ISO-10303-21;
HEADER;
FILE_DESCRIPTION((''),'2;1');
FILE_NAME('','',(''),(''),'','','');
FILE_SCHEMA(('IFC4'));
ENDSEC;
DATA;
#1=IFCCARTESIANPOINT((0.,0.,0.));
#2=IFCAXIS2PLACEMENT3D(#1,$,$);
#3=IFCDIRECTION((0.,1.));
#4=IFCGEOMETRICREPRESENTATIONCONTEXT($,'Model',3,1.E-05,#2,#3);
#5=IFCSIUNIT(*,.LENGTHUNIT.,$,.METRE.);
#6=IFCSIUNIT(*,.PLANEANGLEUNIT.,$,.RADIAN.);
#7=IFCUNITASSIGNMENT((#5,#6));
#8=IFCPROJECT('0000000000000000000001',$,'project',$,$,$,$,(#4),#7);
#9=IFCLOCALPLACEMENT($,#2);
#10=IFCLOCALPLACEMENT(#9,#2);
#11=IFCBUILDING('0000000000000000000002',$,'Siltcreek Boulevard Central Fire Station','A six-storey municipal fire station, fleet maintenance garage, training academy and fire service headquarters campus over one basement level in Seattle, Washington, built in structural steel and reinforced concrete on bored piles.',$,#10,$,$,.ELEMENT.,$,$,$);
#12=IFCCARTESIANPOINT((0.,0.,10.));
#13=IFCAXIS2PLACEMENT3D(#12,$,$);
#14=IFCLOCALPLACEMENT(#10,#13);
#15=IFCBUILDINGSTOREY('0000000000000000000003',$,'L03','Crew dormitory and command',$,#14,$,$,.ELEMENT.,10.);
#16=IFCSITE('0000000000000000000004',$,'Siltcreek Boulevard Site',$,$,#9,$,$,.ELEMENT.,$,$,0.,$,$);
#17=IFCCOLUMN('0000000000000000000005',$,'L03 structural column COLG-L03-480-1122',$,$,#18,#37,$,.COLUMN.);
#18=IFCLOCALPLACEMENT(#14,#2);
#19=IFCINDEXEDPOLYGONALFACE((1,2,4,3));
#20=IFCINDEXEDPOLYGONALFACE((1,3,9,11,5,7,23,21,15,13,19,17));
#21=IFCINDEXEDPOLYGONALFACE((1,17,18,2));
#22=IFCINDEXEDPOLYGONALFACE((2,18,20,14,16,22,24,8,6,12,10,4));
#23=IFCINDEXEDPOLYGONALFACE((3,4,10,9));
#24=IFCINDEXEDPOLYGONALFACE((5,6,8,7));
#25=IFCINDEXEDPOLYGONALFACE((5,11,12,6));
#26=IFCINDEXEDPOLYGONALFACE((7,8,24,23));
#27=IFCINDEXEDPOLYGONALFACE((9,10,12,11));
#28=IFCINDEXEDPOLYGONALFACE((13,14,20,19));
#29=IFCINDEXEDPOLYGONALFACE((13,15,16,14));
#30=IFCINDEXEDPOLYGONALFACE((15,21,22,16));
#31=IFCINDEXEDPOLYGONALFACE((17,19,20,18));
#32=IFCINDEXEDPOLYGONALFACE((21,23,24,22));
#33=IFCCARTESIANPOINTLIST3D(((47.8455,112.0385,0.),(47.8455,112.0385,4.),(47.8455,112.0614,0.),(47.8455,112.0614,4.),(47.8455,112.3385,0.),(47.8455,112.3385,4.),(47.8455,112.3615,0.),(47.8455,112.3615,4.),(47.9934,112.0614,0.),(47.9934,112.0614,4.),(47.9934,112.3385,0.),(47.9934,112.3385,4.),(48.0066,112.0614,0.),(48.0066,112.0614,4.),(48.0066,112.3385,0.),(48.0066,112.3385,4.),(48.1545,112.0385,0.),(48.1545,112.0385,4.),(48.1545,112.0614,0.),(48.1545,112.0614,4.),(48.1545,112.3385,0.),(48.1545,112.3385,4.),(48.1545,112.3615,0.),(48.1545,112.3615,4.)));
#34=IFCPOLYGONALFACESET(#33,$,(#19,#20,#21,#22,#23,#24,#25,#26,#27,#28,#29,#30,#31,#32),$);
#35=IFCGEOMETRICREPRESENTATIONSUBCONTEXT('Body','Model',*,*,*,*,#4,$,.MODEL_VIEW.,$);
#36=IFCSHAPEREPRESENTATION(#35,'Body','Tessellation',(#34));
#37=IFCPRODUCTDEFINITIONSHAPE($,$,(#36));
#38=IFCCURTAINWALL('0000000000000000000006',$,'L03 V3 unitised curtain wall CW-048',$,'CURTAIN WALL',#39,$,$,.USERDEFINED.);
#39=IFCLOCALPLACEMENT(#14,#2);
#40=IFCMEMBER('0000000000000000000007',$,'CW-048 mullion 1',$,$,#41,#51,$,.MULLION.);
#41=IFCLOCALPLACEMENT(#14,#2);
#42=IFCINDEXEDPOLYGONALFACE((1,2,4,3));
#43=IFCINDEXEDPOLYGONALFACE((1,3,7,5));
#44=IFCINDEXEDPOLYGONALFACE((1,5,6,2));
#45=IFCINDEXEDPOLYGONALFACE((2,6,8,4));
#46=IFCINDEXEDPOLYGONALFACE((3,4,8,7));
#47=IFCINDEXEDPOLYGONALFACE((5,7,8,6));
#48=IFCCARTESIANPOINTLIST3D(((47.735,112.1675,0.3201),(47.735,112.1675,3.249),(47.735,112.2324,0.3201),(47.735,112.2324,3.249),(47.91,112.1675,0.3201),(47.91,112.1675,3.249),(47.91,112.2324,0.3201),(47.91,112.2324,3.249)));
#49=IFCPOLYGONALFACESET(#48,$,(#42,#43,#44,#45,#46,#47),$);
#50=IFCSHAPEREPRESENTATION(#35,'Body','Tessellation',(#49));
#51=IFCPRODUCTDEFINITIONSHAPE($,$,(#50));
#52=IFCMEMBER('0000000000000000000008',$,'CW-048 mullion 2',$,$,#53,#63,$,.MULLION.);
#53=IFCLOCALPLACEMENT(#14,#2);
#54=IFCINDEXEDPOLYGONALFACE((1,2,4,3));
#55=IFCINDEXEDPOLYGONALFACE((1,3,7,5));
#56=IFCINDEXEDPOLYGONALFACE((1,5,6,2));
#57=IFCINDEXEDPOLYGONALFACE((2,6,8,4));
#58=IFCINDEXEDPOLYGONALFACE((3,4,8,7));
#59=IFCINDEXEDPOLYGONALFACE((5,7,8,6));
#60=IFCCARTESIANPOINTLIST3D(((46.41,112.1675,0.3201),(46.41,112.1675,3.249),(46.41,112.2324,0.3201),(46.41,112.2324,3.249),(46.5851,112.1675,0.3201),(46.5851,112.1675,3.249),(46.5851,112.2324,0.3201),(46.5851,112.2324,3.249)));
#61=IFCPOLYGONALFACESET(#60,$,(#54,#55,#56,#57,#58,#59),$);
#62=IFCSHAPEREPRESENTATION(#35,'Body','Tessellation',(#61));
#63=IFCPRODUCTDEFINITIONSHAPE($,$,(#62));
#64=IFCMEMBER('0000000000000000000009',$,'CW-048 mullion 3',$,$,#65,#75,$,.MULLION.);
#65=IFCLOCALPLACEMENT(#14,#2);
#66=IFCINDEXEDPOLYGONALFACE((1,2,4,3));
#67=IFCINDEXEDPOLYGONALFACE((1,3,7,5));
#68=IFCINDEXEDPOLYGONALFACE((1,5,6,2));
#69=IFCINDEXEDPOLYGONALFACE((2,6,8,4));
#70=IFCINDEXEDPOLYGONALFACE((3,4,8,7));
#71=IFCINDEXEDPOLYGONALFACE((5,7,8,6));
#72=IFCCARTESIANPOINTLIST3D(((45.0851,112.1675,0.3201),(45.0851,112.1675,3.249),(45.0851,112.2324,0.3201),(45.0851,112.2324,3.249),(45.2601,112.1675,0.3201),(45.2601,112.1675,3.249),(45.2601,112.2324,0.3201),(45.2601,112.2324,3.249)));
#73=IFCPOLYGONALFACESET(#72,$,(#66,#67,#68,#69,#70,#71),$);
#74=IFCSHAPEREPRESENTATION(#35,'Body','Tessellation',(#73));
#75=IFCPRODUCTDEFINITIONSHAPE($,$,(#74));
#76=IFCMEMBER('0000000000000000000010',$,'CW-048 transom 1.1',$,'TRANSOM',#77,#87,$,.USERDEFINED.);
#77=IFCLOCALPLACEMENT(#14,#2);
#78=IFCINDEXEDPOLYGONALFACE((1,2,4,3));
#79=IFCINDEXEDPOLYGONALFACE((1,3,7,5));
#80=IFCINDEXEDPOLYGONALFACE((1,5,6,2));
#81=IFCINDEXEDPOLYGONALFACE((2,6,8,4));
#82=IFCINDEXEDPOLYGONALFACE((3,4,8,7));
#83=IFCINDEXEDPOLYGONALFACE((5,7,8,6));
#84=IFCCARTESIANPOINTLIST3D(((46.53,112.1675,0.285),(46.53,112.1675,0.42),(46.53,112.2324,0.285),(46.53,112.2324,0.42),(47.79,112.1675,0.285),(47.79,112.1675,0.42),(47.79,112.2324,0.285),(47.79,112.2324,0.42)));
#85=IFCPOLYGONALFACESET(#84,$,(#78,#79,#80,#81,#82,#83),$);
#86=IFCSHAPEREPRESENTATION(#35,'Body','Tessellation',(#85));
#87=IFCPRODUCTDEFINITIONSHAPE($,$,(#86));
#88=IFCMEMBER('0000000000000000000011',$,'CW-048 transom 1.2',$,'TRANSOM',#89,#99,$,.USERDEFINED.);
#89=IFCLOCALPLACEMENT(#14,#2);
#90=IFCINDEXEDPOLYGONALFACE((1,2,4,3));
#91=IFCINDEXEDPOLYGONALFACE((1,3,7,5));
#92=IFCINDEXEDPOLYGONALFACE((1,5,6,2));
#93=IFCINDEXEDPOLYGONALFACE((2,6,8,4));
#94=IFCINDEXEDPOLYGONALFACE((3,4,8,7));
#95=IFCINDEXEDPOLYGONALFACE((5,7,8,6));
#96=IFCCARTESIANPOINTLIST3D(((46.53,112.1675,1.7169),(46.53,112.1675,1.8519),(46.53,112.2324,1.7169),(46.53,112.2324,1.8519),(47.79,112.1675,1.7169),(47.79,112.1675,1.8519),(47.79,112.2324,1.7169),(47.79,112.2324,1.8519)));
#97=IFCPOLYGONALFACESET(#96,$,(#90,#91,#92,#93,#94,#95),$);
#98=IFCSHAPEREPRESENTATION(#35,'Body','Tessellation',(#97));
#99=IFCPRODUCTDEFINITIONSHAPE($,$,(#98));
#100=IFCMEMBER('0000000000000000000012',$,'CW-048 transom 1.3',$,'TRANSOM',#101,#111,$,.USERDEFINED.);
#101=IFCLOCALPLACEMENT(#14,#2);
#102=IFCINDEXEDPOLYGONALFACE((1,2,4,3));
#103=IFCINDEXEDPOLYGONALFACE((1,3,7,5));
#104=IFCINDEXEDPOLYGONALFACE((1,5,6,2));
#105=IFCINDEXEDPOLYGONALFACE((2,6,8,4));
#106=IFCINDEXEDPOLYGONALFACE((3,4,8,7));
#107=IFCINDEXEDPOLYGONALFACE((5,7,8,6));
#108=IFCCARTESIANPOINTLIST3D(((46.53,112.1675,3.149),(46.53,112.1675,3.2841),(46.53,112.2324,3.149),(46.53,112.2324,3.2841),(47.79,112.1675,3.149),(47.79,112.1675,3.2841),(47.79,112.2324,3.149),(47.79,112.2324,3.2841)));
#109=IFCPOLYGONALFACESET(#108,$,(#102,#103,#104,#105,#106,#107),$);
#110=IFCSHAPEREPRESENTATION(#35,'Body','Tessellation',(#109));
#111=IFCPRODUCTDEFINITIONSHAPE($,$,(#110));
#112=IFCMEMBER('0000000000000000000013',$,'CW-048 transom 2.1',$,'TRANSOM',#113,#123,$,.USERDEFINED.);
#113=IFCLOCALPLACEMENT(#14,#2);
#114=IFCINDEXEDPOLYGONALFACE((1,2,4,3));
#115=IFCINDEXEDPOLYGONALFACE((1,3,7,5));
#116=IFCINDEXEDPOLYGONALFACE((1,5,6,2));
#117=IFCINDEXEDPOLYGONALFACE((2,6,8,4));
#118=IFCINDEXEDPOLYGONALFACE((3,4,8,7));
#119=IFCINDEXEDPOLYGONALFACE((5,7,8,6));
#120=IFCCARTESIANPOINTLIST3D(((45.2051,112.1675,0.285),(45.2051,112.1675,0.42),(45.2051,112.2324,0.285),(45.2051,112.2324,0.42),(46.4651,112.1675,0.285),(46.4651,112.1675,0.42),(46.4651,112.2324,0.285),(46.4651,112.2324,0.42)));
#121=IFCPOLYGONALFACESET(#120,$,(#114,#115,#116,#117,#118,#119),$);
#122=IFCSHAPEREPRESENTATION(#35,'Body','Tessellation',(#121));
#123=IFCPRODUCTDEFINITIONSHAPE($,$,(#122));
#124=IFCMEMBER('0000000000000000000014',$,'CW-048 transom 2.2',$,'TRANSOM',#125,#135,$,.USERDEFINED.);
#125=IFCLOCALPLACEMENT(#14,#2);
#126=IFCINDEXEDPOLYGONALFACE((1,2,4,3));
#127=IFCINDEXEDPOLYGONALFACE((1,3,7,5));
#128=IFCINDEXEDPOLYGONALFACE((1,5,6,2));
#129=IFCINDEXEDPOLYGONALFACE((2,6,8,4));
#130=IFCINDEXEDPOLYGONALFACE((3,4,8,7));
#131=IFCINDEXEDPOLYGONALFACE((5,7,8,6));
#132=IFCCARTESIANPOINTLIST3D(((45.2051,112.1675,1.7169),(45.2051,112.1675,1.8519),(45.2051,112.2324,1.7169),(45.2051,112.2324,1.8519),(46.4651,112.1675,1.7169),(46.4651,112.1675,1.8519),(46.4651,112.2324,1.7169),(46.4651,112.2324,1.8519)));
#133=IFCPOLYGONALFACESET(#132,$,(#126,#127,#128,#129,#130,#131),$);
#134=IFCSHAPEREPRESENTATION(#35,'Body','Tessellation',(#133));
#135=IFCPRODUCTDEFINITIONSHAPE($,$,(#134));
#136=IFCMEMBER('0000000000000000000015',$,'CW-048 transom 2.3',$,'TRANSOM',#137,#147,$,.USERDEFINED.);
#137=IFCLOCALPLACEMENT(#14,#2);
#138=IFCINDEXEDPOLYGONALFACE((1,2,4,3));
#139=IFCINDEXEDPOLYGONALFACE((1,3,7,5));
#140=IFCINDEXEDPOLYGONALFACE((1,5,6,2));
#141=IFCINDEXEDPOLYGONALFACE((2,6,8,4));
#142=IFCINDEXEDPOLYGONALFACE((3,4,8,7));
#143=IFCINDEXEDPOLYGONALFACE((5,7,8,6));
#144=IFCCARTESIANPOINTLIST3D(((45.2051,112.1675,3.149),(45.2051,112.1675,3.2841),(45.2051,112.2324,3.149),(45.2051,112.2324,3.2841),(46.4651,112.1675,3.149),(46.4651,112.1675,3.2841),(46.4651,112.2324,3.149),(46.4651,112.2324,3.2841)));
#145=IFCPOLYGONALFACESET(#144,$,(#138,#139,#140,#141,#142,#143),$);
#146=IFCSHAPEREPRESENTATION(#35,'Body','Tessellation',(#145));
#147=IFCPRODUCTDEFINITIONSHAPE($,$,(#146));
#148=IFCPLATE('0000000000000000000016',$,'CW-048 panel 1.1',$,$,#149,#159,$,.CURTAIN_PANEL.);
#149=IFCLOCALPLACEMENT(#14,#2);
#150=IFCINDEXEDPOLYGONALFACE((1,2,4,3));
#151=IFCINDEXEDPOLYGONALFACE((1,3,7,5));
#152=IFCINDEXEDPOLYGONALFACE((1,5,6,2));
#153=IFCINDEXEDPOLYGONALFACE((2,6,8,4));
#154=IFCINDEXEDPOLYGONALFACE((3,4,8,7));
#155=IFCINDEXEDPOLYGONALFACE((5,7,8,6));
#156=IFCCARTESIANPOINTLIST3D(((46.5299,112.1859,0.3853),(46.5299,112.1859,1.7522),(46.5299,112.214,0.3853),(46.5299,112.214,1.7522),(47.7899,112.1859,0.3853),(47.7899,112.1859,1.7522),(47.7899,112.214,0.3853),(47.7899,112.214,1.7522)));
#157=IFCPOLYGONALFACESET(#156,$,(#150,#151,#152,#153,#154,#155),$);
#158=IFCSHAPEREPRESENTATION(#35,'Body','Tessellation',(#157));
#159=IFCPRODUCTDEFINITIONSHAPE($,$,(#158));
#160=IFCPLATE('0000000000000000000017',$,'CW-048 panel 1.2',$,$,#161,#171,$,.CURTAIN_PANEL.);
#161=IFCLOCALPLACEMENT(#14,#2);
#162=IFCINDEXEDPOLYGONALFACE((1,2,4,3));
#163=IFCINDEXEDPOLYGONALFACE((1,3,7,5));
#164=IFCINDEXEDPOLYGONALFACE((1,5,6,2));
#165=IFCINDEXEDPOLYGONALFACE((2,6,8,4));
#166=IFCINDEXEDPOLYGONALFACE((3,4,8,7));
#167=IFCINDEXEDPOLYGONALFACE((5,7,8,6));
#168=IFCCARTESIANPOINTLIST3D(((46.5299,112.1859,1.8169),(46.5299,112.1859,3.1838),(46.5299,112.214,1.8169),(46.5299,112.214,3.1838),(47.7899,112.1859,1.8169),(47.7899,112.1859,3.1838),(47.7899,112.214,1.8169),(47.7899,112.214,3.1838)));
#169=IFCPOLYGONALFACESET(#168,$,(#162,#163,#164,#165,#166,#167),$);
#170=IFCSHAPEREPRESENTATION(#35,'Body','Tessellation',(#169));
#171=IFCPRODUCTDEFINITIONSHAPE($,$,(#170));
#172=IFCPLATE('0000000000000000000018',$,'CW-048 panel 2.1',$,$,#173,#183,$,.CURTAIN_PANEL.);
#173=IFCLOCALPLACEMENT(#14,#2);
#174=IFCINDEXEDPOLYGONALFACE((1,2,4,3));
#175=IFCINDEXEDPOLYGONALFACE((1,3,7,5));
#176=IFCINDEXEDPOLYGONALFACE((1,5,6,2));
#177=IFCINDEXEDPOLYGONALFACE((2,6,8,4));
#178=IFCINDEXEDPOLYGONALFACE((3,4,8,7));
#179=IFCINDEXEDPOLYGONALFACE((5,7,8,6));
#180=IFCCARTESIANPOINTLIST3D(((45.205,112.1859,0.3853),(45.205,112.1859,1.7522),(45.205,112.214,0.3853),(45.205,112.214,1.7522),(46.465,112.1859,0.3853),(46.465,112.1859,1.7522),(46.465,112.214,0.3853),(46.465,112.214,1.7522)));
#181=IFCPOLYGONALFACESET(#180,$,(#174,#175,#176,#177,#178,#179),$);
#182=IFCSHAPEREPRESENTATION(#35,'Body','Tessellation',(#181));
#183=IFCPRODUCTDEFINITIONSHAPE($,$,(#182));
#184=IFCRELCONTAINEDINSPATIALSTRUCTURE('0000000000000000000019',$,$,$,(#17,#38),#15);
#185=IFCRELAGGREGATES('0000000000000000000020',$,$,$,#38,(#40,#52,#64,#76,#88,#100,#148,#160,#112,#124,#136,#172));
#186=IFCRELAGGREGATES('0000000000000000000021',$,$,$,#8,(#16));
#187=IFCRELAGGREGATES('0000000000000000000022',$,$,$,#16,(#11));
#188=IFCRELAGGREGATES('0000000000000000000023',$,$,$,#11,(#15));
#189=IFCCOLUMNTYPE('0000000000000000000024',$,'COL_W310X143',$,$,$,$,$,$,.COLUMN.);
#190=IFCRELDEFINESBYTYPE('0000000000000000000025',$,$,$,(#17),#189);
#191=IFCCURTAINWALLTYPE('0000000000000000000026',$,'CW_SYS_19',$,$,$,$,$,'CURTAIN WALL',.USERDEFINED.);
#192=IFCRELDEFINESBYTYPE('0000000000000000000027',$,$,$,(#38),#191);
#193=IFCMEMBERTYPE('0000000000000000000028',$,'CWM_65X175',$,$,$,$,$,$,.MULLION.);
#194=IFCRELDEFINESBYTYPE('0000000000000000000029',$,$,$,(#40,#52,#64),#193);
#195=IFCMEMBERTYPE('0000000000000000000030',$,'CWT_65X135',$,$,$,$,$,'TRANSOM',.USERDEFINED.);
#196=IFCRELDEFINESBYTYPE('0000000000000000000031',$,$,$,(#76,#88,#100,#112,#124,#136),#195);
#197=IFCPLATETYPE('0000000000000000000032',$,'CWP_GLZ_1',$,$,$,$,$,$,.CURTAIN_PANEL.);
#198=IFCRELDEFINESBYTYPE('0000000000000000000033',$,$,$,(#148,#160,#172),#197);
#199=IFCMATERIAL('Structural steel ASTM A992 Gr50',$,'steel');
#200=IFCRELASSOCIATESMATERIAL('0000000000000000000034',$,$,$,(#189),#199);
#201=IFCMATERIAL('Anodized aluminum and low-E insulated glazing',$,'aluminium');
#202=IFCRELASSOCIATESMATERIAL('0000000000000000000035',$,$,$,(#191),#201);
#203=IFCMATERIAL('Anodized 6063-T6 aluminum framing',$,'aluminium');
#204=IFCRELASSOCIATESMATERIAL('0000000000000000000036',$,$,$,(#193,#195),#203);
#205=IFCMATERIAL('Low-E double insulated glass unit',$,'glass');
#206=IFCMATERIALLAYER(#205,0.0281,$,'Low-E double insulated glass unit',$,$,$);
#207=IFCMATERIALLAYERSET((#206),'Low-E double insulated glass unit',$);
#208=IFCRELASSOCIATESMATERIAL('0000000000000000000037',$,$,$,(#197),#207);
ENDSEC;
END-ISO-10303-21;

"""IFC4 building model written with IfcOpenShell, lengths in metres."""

from ifc_helpers import new_model, si_unit, direction, frame, origin, origin_2d, place, context, subcontext, project, spatial, rectangle, i_section, extrude, material, layer, layer_set, material_profile, profile_set, type_object, element, aggregate, save


model = new_model("IFC4")

# Units and contexts
model_context = context("Model", 3, precision=1e-05, world=origin(), true_north=direction((0.0, 1.0)))
body_context = subcontext(model_context, "Body", "Model", "MODEL_VIEW")
ifc_project = project(units=[si_unit("LENGTHUNIT", "METRE"), si_unit("PLANEANGLEUNIT", "RADIAN")], contexts=[model_context])

# Site, building, storey
site_placement = place(None, origin())
site = spatial("IfcSite", under=ifc_project, at=site_placement, Name="Siltcreek Boulevard Site", CompositionType="ELEMENT", RefElevation=0.0)
building_placement = place(site_placement, origin())
building = spatial("IfcBuilding", under=site, at=building_placement, Name="Siltcreek Boulevard Central Fire Station", Description="A six-storey municipal fire station, fleet maintenance garage, training academy and fire service headquarters campus over one basement level in Seattle, Washington, built in structural steel and reinforced concrete on bored piles.", CompositionType="ELEMENT")
storey_placement = place(building_placement, frame((0.0, 0.0, 10.0)))
storey = spatial("IfcBuildingStorey", under=building, at=storey_placement, Name="L03", Description="Crew dormitory and command", CompositionType="ELEMENT", Elevation=10.0)

# Column
ifc_material_1 = material(Name="Structural steel ASTM A992 Gr50", Category="steel")
ifc_material_profile_1 = material_profile(ifc_material_1, i_section(OverallWidth=0.3091, OverallDepth=0.323, WebThickness=0.0132, FlangeThickness=0.0229, at=origin_2d()), Name="W310X143")
ifc_profile_set_1 = profile_set([ifc_material_profile_1], Name="Structural steel ASTM A992 Gr50")
column_type = type_object("IfcColumnType", Name="COL_W310X143", PredefinedType="COLUMN", material=ifc_profile_set_1)
column_placement = place(storey_placement, frame((48.0, 112.2, 0.0), z_axis=(0.0, 0.0, 1.0), x_axis=(1.0, 0.0, 0.0)))
element("IfcColumn", 1, at=column_placement, inside=storey, type_object=column_type, Name="L03 structural column COLG-L03-480-1122", PredefinedType="COLUMN", context=body_context, shape_type="SweptSolid", body=[
    extrude(i_section(OverallWidth=0.3091, OverallDepth=0.323, WebThickness=0.0132, FlangeThickness=0.0229, at=origin_2d()), origin(), (0.0, 0.0, 1.0), 4.0),
])

# Curtain wall, members, plates
ifc_material_2 = material(Name="Anodized aluminum and low-E insulated glazing", Category="aluminium")
curtain_wall_type = type_object("IfcCurtainWallType", Name="CW_SYS_19", ElementType="CURTAIN WALL", PredefinedType="USERDEFINED", material=ifc_material_2)
curtain_wall_placement = place(storey_placement, origin())
curtain_wall = element("IfcCurtainWall", 2, at=curtain_wall_placement, inside=storey, type_object=curtain_wall_type, Name="L03 V3 unitised curtain wall CW-048", ObjectType="CURTAIN WALL", PredefinedType="USERDEFINED")
ifc_material_3 = material(Name="Anodized 6063-T6 aluminum framing", Category="aluminium")
ifc_material_profile_2 = material_profile(ifc_material_3, rectangle(XDim=0.0649, YDim=0.175, at=origin_2d()), Name="MULL65X175")
ifc_profile_set_2 = profile_set([ifc_material_profile_2], Name="Anodized 6063-T6 aluminum framing")
member_type_1 = type_object("IfcMemberType", Name="CWM_65X175", PredefinedType="MULLION", material=ifc_profile_set_2)
member_1_placement = place(storey_placement, frame((47.8225, 112.2, 0.3201), z_axis=(0.0, 0.0, 1.0), x_axis=(0.0, -1.0, 0.0)))
member_1 = element("IfcMember", 3, at=member_1_placement, type_object=member_type_1, Name="CW-048 mullion 1", PredefinedType="MULLION", context=body_context, shape_type="SweptSolid", body=[
    extrude(rectangle(XDim=0.0649, YDim=0.175, at=origin_2d()), origin(), (0.0, 0.0, 1.0), 2.929),
])
member_2_placement = place(storey_placement, frame((46.4976, 112.2, 0.3201), z_axis=(0.0, 0.0, 1.0), x_axis=(0.0, -1.0, 0.0)))
member_2 = element("IfcMember", 4, at=member_2_placement, type_object=member_type_1, Name="CW-048 mullion 2", PredefinedType="MULLION", context=body_context, shape_type="SweptSolid", body=[
    extrude(rectangle(XDim=0.0649, YDim=0.175, at=origin_2d()), origin(), (0.0, 0.0, 1.0), 2.929),
])
member_3_placement = place(storey_placement, frame((45.1726, 112.2, 0.3201), z_axis=(0.0, 0.0, 1.0), x_axis=(0.0, -1.0, 0.0)))
member_3 = element("IfcMember", 5, at=member_3_placement, type_object=member_type_1, Name="CW-048 mullion 3", PredefinedType="MULLION", context=body_context, shape_type="SweptSolid", body=[
    extrude(rectangle(XDim=0.0649, YDim=0.175, at=origin_2d()), origin(), (0.0, 0.0, 1.0), 2.929),
])
ifc_material_profile_3 = material_profile(ifc_material_3, rectangle(XDim=0.0649, YDim=0.135, at=origin_2d()), Name="TRAN65X135")
ifc_profile_set_3 = profile_set([ifc_material_profile_3], Name="Anodized 6063-T6 aluminum framing")
member_type_2 = type_object("IfcMemberType", Name="CWT_65X135", ElementType="TRANSOM", PredefinedType="USERDEFINED", material=ifc_profile_set_3)
member_4_placement = place(storey_placement, frame((47.79, 112.2, 0.3525), z_axis=(-1.0, 0.0, 0.0), x_axis=(0.0, -1.0, 0.0)))
member_4 = element("IfcMember", 6, at=member_4_placement, type_object=member_type_2, Name="CW-048 transom 1.1", ObjectType="TRANSOM", PredefinedType="USERDEFINED", context=body_context, shape_type="SweptSolid", body=[
    extrude(rectangle(XDim=0.0649, YDim=0.135, at=origin_2d()), origin(), (0.0, 0.0, 1.0), 1.26),
])
member_5_placement = place(storey_placement, frame((47.79, 112.2, 1.7844), z_axis=(-1.0, 0.0, 0.0), x_axis=(0.0, -1.0, 0.0)))
member_5 = element("IfcMember", 7, at=member_5_placement, type_object=member_type_2, Name="CW-048 transom 1.2", ObjectType="TRANSOM", PredefinedType="USERDEFINED", context=body_context, shape_type="SweptSolid", body=[
    extrude(rectangle(XDim=0.0649, YDim=0.135, at=origin_2d()), origin(), (0.0, 0.0, 1.0), 1.26),
])
member_6_placement = place(storey_placement, frame((47.79, 112.2, 3.2166), z_axis=(-1.0, 0.0, 0.0), x_axis=(0.0, -1.0, 0.0)))
member_6 = element("IfcMember", 8, at=member_6_placement, type_object=member_type_2, Name="CW-048 transom 1.3", ObjectType="TRANSOM", PredefinedType="USERDEFINED", context=body_context, shape_type="SweptSolid", body=[
    extrude(rectangle(XDim=0.0649, YDim=0.135, at=origin_2d()), origin(), (0.0, 0.0, 1.0), 1.26),
])
member_7_placement = place(storey_placement, frame((46.4651, 112.2, 0.3525), z_axis=(-1.0, 0.0, 0.0), x_axis=(0.0, -1.0, 0.0)))
member_7 = element("IfcMember", 9, at=member_7_placement, type_object=member_type_2, Name="CW-048 transom 2.1", ObjectType="TRANSOM", PredefinedType="USERDEFINED", context=body_context, shape_type="SweptSolid", body=[
    extrude(rectangle(XDim=0.0649, YDim=0.135, at=origin_2d()), origin(), (0.0, 0.0, 1.0), 1.26),
])
member_8_placement = place(storey_placement, frame((46.4651, 112.2, 1.7844), z_axis=(-1.0, 0.0, 0.0), x_axis=(0.0, -1.0, 0.0)))
member_8 = element("IfcMember", 10, at=member_8_placement, type_object=member_type_2, Name="CW-048 transom 2.2", ObjectType="TRANSOM", PredefinedType="USERDEFINED", context=body_context, shape_type="SweptSolid", body=[
    extrude(rectangle(XDim=0.0649, YDim=0.135, at=origin_2d()), origin(), (0.0, 0.0, 1.0), 1.26),
])
member_9_placement = place(storey_placement, frame((46.4651, 112.2, 3.2166), z_axis=(-1.0, 0.0, 0.0), x_axis=(0.0, -1.0, 0.0)))
member_9 = element("IfcMember", 11, at=member_9_placement, type_object=member_type_2, Name="CW-048 transom 2.3", ObjectType="TRANSOM", PredefinedType="USERDEFINED", context=body_context, shape_type="SweptSolid", body=[
    extrude(rectangle(XDim=0.0649, YDim=0.135, at=origin_2d()), origin(), (0.0, 0.0, 1.0), 1.26),
])
ifc_material_4 = material(Name="Low-E double insulated glass unit", Category="glass")
ifc_layer_1 = layer(ifc_material_4, 0.0281, Name="Low-E double insulated glass unit")
ifc_layer_set_1 = layer_set([ifc_layer_1], Name="Low-E double insulated glass unit")
plate_type = type_object("IfcPlateType", Name="CWP_GLZ_1", PredefinedType="CURTAIN_PANEL", material=ifc_layer_set_1)
plate_1_placement = place(storey_placement, frame((47.1599, 112.2, 0.3853), z_axis=(0.0, 0.0, 1.0), x_axis=(-1.0, 0.0, 0.0)))
plate_1 = element("IfcPlate", 12, at=plate_1_placement, type_object=plate_type, Name="CW-048 panel 1.1", PredefinedType="CURTAIN_PANEL", context=body_context, shape_type="SweptSolid", body=[
    extrude(rectangle(XDim=1.26, YDim=0.0281, at=origin_2d()), origin(), (0.0, 0.0, 1.0), 1.3669),
])
plate_2_placement = place(storey_placement, frame((47.1599, 112.2, 1.8169), z_axis=(0.0, 0.0, 1.0), x_axis=(-1.0, 0.0, 0.0)))
plate_2 = element("IfcPlate", 13, at=plate_2_placement, type_object=plate_type, Name="CW-048 panel 1.2", PredefinedType="CURTAIN_PANEL", context=body_context, shape_type="SweptSolid", body=[
    extrude(rectangle(XDim=1.26, YDim=0.0281, at=origin_2d()), origin(), (0.0, 0.0, 1.0), 1.3669),
])
plate_3_placement = place(storey_placement, frame((45.835, 112.2, 0.3853), z_axis=(0.0, 0.0, 1.0), x_axis=(-1.0, 0.0, 0.0)))
plate_3 = element("IfcPlate", 14, at=plate_3_placement, type_object=plate_type, Name="CW-048 panel 2.1", PredefinedType="CURTAIN_PANEL", context=body_context, shape_type="SweptSolid", body=[
    extrude(rectangle(XDim=1.26, YDim=0.0281, at=origin_2d()), origin(), (0.0, 0.0, 1.0), 1.3669),
])
aggregate(curtain_wall, [member_1, member_2, member_3, member_4, member_5, member_6, plate_1, plate_2, member_7, member_8, member_9, plate_3])

save(model, "model.ifc")
